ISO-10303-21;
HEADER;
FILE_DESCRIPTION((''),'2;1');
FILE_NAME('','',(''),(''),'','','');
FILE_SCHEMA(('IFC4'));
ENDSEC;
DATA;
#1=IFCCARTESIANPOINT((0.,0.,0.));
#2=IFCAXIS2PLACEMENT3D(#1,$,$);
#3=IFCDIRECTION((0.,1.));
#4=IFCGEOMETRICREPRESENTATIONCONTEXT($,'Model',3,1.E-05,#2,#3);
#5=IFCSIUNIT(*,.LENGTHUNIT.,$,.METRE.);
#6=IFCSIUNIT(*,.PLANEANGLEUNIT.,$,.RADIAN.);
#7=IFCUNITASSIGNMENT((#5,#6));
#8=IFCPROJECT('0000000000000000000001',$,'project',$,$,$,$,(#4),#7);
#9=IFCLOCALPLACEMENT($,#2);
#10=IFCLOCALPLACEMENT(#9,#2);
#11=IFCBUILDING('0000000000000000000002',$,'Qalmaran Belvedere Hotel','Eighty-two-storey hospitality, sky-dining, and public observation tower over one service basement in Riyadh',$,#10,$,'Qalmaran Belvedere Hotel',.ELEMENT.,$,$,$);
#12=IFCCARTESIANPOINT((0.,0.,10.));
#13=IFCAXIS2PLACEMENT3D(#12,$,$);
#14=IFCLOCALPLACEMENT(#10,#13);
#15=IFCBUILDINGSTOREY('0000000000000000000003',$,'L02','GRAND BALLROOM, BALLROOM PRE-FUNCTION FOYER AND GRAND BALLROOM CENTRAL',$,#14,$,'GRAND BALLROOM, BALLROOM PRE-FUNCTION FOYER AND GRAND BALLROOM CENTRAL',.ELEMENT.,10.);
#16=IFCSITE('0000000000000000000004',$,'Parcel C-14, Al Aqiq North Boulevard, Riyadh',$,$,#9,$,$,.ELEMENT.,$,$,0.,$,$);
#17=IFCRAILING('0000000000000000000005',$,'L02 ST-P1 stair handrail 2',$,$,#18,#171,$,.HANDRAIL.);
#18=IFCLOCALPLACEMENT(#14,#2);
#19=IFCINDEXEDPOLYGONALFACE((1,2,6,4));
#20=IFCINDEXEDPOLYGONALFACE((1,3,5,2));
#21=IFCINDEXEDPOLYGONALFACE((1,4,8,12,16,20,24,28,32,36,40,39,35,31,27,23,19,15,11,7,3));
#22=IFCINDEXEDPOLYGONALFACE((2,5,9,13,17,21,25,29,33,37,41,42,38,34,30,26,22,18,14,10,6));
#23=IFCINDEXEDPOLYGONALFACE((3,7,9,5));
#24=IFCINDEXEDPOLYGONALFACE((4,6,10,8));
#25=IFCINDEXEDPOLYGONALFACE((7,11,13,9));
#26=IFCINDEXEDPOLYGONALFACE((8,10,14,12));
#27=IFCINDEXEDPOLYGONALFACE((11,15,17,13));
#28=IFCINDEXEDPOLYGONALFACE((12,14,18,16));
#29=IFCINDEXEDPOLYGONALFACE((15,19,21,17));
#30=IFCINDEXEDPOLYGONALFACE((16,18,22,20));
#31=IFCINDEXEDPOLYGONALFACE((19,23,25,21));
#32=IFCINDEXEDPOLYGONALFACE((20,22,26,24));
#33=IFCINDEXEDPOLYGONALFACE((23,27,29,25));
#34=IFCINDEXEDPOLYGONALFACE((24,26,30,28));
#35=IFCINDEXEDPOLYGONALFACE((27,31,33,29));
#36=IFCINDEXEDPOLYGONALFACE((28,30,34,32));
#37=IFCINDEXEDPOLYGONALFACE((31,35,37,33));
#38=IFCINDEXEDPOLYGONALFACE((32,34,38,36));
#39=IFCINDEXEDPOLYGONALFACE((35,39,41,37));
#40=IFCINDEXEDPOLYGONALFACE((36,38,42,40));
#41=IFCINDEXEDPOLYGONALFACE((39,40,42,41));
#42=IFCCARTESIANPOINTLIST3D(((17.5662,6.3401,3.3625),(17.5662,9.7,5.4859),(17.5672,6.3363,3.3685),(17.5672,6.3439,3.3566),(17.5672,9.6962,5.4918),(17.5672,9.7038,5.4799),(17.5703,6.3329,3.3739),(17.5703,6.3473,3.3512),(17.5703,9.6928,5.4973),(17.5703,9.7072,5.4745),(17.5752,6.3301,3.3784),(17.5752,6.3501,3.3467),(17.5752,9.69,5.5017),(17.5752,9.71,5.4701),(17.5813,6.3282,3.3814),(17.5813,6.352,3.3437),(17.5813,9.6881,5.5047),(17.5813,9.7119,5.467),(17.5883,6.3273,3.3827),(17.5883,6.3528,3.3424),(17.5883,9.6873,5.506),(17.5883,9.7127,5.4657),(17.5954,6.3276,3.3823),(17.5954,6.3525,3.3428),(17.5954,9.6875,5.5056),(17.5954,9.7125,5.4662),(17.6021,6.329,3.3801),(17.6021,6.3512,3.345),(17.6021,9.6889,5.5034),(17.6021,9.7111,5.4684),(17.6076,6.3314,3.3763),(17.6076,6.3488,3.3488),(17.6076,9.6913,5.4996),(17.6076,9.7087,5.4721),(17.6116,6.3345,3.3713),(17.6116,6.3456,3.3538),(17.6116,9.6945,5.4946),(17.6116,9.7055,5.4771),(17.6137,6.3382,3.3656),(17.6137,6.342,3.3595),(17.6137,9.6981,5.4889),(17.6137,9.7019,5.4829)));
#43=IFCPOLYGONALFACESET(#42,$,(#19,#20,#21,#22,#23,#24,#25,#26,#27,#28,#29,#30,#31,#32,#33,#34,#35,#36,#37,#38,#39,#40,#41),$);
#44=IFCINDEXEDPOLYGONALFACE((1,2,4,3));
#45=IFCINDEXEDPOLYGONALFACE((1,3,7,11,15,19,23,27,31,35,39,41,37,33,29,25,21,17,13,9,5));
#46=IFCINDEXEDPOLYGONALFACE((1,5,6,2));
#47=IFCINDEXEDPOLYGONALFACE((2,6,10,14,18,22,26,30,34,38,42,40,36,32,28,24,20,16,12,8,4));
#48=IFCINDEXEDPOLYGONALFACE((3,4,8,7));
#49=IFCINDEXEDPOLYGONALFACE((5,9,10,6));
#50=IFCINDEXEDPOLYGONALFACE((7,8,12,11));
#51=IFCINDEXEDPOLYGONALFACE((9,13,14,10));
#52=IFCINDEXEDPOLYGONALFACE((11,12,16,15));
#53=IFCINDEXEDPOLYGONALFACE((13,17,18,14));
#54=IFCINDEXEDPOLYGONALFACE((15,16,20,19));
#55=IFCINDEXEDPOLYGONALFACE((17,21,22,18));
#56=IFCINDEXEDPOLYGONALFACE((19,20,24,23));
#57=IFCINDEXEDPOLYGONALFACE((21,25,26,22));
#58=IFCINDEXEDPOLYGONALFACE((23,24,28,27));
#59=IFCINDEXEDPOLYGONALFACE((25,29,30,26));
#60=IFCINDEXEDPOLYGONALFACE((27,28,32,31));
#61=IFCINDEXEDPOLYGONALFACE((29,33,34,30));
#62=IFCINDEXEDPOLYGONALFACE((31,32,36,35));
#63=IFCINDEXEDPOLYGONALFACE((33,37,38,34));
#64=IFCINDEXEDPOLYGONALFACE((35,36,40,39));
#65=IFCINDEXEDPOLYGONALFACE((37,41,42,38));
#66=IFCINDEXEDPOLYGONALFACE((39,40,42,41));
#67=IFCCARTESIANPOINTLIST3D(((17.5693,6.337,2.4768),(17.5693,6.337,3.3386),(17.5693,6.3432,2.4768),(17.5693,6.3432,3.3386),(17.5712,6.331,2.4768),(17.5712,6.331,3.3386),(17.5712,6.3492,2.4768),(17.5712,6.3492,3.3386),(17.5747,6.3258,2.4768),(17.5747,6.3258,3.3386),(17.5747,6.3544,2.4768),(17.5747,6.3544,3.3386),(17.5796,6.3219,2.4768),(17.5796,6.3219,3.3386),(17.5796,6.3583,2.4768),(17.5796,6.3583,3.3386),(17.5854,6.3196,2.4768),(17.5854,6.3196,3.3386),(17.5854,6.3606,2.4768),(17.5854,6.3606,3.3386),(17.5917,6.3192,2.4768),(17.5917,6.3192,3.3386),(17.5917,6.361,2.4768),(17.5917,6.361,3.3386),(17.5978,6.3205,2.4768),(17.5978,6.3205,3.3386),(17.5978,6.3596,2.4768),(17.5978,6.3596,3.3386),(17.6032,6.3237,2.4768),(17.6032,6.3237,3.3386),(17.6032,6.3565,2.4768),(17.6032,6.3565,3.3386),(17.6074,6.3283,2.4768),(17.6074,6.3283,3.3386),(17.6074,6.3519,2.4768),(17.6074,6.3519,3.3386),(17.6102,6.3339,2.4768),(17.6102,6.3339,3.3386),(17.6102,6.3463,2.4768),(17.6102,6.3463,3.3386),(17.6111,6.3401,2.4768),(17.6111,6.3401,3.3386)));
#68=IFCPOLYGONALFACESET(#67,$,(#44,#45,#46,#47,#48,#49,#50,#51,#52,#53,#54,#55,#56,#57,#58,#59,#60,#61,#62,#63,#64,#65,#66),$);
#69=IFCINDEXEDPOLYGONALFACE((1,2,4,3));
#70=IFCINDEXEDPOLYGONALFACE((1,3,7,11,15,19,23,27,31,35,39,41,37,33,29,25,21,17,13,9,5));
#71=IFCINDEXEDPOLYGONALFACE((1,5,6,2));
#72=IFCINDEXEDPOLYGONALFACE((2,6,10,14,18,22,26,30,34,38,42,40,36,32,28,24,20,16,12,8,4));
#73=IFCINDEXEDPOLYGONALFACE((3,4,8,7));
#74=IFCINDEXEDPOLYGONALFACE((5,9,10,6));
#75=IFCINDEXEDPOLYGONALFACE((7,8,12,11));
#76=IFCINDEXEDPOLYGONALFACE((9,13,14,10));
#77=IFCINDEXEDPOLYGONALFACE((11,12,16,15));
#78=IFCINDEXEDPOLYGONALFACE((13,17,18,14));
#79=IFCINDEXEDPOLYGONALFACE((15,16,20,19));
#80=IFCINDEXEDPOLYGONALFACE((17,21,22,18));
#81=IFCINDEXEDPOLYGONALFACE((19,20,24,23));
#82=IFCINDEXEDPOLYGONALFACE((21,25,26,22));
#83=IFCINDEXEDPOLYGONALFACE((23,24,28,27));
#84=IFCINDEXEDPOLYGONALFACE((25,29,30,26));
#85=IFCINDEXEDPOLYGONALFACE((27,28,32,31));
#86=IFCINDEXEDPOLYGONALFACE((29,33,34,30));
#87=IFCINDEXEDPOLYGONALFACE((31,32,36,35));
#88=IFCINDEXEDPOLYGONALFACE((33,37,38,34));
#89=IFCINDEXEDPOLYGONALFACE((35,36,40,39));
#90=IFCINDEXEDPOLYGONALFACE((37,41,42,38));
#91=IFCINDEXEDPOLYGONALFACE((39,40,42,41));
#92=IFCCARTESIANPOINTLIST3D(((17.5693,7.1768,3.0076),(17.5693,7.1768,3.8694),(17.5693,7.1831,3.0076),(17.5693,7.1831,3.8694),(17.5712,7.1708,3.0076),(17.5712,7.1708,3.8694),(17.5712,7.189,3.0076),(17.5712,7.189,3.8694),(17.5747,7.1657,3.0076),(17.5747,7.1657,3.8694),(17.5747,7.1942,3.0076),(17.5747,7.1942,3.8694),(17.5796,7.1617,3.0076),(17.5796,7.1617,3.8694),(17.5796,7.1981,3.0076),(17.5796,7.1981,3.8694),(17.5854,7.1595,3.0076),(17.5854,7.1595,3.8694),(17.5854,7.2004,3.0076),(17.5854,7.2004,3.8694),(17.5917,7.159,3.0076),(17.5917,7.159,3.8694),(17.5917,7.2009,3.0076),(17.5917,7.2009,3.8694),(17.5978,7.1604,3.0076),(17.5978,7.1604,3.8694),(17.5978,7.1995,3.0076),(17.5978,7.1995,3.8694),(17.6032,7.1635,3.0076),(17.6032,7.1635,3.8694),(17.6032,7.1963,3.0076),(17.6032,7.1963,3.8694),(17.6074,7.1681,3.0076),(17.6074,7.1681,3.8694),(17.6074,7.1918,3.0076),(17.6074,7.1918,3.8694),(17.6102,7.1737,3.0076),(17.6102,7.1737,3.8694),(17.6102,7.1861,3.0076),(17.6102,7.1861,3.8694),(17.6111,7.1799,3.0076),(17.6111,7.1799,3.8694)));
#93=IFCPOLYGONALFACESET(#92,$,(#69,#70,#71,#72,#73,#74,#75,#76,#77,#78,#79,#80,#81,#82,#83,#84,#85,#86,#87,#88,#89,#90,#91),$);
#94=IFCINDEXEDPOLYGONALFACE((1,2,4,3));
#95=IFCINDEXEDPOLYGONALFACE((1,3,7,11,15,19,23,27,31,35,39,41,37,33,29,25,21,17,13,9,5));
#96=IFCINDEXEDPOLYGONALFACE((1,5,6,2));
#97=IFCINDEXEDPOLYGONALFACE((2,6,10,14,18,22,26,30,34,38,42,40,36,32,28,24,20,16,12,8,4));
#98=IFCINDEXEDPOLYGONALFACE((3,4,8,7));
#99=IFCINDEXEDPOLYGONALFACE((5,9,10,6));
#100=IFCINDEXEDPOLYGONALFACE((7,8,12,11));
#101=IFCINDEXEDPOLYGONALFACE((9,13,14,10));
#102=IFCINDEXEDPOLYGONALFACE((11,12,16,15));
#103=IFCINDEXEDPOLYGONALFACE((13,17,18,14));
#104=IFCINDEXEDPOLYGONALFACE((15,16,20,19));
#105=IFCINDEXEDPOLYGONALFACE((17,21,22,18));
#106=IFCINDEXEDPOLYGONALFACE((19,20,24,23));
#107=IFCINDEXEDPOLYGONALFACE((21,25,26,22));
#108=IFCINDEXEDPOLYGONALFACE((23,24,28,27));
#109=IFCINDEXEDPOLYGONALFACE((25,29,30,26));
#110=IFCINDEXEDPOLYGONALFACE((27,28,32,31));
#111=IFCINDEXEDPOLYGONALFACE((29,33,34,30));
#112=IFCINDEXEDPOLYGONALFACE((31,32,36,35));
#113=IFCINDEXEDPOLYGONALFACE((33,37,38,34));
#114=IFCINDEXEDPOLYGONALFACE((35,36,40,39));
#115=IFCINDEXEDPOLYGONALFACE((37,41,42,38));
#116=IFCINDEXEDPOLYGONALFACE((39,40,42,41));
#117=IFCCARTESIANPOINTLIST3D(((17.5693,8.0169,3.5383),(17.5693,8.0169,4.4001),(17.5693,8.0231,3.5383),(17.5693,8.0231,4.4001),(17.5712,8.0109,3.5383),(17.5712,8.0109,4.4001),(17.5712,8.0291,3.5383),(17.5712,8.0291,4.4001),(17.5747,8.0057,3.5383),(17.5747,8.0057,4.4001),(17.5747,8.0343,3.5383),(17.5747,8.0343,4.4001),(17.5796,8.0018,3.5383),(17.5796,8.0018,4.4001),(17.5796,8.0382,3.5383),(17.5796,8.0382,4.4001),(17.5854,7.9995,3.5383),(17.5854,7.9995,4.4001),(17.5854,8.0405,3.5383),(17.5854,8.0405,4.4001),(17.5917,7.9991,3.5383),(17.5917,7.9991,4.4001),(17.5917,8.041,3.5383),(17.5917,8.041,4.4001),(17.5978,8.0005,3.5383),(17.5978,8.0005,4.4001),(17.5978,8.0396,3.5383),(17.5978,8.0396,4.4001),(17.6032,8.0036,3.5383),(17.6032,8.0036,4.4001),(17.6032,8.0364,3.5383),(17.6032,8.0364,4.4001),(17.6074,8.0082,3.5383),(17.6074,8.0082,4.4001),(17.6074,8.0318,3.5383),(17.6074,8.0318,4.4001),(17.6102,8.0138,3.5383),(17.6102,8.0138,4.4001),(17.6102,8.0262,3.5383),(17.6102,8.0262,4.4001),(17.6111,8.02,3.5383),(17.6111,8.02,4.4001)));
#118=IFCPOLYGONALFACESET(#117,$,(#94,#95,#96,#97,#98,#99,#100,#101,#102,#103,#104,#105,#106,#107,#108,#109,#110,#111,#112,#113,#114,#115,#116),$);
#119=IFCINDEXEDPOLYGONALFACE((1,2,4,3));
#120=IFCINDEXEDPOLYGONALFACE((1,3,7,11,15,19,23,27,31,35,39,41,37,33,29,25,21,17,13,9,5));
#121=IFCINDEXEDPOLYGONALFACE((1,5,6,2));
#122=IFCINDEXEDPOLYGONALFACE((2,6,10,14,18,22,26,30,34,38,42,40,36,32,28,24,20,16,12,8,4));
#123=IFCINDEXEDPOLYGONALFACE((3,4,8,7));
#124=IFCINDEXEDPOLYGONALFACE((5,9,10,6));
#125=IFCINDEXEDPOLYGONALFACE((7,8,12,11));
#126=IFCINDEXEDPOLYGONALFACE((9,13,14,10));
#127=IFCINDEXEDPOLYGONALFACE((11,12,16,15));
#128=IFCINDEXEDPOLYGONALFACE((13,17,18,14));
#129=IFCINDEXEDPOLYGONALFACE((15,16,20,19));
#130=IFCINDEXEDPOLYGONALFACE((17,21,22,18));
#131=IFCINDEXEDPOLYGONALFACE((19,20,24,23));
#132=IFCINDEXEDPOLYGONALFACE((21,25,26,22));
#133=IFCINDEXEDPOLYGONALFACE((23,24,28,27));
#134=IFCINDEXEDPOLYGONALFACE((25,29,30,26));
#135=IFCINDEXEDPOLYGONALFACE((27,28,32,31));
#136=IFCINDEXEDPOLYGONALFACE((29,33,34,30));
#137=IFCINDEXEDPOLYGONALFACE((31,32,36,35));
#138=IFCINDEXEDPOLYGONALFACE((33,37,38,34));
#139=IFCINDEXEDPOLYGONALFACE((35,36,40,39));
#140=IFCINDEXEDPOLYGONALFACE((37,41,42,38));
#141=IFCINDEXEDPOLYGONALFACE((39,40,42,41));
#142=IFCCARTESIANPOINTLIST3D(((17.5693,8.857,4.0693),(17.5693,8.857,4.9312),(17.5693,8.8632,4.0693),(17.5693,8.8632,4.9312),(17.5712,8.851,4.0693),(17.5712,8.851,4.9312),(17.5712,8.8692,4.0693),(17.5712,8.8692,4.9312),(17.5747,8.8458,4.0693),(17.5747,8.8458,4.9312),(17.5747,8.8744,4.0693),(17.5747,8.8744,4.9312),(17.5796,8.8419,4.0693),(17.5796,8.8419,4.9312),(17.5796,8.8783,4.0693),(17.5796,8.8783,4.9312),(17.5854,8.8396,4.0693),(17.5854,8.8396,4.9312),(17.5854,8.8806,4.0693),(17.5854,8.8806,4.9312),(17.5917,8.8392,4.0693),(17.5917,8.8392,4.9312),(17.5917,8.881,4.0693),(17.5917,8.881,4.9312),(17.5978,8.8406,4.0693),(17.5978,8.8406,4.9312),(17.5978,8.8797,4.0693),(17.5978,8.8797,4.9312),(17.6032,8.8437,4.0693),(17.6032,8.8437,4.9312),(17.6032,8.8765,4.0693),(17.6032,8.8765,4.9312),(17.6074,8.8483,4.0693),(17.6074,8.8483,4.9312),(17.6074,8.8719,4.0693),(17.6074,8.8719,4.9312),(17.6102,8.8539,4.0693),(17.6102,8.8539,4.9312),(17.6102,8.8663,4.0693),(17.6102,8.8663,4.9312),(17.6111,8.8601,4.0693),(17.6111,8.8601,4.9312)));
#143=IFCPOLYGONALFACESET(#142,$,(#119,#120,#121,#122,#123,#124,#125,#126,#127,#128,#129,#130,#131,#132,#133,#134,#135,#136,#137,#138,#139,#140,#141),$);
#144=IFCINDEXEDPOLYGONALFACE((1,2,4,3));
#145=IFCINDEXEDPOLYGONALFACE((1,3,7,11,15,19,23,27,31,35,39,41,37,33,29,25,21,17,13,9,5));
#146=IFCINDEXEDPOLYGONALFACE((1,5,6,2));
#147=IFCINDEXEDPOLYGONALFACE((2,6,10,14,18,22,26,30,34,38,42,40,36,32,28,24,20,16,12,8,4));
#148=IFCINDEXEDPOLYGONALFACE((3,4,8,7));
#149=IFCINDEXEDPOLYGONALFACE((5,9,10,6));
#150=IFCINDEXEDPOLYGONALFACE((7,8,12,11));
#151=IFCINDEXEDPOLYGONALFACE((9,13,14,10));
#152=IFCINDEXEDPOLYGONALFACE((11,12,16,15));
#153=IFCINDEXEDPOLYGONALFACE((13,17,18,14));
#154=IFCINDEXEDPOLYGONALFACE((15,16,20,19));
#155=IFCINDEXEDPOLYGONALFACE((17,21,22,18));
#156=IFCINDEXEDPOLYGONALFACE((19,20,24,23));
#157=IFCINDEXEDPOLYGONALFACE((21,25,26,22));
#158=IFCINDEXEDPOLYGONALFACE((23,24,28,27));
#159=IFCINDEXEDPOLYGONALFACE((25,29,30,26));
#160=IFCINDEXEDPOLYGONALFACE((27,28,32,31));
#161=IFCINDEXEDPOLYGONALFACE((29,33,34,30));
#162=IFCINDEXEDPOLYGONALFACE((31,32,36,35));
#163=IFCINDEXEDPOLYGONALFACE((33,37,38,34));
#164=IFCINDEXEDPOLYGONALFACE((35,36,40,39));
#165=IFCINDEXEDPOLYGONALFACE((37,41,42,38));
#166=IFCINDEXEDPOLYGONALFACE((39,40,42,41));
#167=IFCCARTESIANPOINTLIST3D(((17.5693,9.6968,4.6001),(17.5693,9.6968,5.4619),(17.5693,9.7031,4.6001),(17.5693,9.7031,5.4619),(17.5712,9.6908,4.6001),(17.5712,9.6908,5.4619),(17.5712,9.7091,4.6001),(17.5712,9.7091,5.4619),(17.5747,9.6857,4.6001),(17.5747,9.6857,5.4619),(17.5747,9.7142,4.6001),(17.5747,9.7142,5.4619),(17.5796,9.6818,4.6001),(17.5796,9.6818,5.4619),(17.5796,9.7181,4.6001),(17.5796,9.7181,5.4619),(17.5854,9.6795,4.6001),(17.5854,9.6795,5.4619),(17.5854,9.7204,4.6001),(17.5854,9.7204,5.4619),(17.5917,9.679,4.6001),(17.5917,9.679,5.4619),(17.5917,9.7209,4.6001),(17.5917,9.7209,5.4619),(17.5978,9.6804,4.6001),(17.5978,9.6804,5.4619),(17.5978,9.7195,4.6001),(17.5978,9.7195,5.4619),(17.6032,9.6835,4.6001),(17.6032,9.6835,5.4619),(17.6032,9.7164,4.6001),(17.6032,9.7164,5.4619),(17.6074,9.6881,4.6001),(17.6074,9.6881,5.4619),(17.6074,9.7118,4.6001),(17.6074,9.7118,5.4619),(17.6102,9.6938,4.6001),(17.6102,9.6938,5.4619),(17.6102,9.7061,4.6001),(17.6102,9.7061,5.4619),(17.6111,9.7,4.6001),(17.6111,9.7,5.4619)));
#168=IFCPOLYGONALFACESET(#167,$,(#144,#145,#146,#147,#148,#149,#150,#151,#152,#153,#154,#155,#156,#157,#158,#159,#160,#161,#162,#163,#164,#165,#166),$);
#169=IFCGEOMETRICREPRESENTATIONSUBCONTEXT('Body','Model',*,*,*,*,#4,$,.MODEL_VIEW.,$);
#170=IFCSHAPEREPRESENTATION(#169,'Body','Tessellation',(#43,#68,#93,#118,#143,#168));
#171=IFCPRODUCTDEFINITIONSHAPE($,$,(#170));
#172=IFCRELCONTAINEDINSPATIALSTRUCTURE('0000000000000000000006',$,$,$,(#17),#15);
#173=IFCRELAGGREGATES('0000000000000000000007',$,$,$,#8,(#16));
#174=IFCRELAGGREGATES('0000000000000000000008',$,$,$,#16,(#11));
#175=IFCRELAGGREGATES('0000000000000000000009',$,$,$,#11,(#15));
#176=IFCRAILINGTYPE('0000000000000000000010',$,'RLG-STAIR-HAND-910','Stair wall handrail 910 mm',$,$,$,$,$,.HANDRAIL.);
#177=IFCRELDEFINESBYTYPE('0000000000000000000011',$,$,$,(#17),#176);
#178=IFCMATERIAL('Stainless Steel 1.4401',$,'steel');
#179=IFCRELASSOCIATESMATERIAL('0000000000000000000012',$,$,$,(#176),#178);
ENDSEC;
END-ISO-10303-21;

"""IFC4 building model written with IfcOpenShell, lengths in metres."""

from ifc_helpers import new_model, si_unit, direction, frame, origin, origin_2d, place, context, subcontext, project, spatial, circle, extrude, material, type_object, element, save


model = new_model("IFC4")

# Units and contexts
model_context = context("Model", 3, precision=1e-05, world=origin(), true_north=direction((0.0, 1.0)))
body_context = subcontext(model_context, "Body", "Model", "MODEL_VIEW")
ifc_project = project(units=[si_unit("LENGTHUNIT", "METRE"), si_unit("PLANEANGLEUNIT", "RADIAN")], contexts=[model_context])

# Site, building, storey
site_placement = place(None, origin())
site = spatial("IfcSite", under=ifc_project, at=site_placement, Name="Parcel C-14, Al Aqiq North Boulevard, Riyadh", CompositionType="ELEMENT", RefElevation=0.0)
building_placement = place(site_placement, origin())
building = spatial("IfcBuilding", under=site, at=building_placement, Name="Qalmaran Belvedere Hotel", Description="Eighty-two-storey hospitality, sky-dining, and public observation tower over one service basement in Riyadh", LongName="Qalmaran Belvedere Hotel", CompositionType="ELEMENT")
storey_placement = place(building_placement, frame((0.0, 0.0, 10.0)))
storey = spatial("IfcBuildingStorey", under=building, at=storey_placement, Name="L02", Description="GRAND BALLROOM, BALLROOM PRE-FUNCTION FOYER AND GRAND BALLROOM CENTRAL", LongName="GRAND BALLROOM, BALLROOM PRE-FUNCTION FOYER AND GRAND BALLROOM CENTRAL", CompositionType="ELEMENT", Elevation=10.0)

# Railing
ifc_material_1 = material(Name="Stainless Steel 1.4401", Category="steel")
railing_type_1 = type_object("IfcRailingType", Name="RLG-STAIR-HAND-910", Description="Stair wall handrail 910 mm", PredefinedType="HANDRAIL", material=ifc_material_1)
railing_1_placement = place(storey_placement, frame((17.5901, 6.3401, 2.4768)))
element("IfcRailing", 1, at=railing_1_placement, inside=storey, type_object=railing_type_1, Name="L02 ST-P1 stair handrail 2", PredefinedType="HANDRAIL", context=body_context, shape_type="SweptSolid", body=[
    extrude(circle(Radius=0.0239, at=origin_2d()), frame((0.0, 0.0, 0.8857), z_axis=(0.0, 0.845344, 0.534222), x_axis=(-1.0, 0.0, 0.0)), (0.0, 0.0, 1.0), 3.9746),
    extrude(circle(Radius=0.021, at=origin_2d()), origin(), (0.0, 0.0, 1.0), 0.8618),
    extrude(circle(Radius=0.021, at=origin_2d()), frame((0.0, 0.8398, 0.5308)), (0.0, 0.0, 1.0), 0.8618),
    extrude(circle(Radius=0.021, at=origin_2d()), frame((0.0, 1.6799, 1.0615)), (0.0, 0.0, 1.0), 0.8618),
    extrude(circle(Radius=0.021, at=origin_2d()), frame((0.0, 2.52, 1.5925)), (0.0, 0.0, 1.0), 0.8618),
    extrude(circle(Radius=0.021, at=origin_2d()), frame((0.0, 3.3599, 2.1233)), (0.0, 0.0, 1.0), 0.8618),
])

save(model, "model.ifc")
